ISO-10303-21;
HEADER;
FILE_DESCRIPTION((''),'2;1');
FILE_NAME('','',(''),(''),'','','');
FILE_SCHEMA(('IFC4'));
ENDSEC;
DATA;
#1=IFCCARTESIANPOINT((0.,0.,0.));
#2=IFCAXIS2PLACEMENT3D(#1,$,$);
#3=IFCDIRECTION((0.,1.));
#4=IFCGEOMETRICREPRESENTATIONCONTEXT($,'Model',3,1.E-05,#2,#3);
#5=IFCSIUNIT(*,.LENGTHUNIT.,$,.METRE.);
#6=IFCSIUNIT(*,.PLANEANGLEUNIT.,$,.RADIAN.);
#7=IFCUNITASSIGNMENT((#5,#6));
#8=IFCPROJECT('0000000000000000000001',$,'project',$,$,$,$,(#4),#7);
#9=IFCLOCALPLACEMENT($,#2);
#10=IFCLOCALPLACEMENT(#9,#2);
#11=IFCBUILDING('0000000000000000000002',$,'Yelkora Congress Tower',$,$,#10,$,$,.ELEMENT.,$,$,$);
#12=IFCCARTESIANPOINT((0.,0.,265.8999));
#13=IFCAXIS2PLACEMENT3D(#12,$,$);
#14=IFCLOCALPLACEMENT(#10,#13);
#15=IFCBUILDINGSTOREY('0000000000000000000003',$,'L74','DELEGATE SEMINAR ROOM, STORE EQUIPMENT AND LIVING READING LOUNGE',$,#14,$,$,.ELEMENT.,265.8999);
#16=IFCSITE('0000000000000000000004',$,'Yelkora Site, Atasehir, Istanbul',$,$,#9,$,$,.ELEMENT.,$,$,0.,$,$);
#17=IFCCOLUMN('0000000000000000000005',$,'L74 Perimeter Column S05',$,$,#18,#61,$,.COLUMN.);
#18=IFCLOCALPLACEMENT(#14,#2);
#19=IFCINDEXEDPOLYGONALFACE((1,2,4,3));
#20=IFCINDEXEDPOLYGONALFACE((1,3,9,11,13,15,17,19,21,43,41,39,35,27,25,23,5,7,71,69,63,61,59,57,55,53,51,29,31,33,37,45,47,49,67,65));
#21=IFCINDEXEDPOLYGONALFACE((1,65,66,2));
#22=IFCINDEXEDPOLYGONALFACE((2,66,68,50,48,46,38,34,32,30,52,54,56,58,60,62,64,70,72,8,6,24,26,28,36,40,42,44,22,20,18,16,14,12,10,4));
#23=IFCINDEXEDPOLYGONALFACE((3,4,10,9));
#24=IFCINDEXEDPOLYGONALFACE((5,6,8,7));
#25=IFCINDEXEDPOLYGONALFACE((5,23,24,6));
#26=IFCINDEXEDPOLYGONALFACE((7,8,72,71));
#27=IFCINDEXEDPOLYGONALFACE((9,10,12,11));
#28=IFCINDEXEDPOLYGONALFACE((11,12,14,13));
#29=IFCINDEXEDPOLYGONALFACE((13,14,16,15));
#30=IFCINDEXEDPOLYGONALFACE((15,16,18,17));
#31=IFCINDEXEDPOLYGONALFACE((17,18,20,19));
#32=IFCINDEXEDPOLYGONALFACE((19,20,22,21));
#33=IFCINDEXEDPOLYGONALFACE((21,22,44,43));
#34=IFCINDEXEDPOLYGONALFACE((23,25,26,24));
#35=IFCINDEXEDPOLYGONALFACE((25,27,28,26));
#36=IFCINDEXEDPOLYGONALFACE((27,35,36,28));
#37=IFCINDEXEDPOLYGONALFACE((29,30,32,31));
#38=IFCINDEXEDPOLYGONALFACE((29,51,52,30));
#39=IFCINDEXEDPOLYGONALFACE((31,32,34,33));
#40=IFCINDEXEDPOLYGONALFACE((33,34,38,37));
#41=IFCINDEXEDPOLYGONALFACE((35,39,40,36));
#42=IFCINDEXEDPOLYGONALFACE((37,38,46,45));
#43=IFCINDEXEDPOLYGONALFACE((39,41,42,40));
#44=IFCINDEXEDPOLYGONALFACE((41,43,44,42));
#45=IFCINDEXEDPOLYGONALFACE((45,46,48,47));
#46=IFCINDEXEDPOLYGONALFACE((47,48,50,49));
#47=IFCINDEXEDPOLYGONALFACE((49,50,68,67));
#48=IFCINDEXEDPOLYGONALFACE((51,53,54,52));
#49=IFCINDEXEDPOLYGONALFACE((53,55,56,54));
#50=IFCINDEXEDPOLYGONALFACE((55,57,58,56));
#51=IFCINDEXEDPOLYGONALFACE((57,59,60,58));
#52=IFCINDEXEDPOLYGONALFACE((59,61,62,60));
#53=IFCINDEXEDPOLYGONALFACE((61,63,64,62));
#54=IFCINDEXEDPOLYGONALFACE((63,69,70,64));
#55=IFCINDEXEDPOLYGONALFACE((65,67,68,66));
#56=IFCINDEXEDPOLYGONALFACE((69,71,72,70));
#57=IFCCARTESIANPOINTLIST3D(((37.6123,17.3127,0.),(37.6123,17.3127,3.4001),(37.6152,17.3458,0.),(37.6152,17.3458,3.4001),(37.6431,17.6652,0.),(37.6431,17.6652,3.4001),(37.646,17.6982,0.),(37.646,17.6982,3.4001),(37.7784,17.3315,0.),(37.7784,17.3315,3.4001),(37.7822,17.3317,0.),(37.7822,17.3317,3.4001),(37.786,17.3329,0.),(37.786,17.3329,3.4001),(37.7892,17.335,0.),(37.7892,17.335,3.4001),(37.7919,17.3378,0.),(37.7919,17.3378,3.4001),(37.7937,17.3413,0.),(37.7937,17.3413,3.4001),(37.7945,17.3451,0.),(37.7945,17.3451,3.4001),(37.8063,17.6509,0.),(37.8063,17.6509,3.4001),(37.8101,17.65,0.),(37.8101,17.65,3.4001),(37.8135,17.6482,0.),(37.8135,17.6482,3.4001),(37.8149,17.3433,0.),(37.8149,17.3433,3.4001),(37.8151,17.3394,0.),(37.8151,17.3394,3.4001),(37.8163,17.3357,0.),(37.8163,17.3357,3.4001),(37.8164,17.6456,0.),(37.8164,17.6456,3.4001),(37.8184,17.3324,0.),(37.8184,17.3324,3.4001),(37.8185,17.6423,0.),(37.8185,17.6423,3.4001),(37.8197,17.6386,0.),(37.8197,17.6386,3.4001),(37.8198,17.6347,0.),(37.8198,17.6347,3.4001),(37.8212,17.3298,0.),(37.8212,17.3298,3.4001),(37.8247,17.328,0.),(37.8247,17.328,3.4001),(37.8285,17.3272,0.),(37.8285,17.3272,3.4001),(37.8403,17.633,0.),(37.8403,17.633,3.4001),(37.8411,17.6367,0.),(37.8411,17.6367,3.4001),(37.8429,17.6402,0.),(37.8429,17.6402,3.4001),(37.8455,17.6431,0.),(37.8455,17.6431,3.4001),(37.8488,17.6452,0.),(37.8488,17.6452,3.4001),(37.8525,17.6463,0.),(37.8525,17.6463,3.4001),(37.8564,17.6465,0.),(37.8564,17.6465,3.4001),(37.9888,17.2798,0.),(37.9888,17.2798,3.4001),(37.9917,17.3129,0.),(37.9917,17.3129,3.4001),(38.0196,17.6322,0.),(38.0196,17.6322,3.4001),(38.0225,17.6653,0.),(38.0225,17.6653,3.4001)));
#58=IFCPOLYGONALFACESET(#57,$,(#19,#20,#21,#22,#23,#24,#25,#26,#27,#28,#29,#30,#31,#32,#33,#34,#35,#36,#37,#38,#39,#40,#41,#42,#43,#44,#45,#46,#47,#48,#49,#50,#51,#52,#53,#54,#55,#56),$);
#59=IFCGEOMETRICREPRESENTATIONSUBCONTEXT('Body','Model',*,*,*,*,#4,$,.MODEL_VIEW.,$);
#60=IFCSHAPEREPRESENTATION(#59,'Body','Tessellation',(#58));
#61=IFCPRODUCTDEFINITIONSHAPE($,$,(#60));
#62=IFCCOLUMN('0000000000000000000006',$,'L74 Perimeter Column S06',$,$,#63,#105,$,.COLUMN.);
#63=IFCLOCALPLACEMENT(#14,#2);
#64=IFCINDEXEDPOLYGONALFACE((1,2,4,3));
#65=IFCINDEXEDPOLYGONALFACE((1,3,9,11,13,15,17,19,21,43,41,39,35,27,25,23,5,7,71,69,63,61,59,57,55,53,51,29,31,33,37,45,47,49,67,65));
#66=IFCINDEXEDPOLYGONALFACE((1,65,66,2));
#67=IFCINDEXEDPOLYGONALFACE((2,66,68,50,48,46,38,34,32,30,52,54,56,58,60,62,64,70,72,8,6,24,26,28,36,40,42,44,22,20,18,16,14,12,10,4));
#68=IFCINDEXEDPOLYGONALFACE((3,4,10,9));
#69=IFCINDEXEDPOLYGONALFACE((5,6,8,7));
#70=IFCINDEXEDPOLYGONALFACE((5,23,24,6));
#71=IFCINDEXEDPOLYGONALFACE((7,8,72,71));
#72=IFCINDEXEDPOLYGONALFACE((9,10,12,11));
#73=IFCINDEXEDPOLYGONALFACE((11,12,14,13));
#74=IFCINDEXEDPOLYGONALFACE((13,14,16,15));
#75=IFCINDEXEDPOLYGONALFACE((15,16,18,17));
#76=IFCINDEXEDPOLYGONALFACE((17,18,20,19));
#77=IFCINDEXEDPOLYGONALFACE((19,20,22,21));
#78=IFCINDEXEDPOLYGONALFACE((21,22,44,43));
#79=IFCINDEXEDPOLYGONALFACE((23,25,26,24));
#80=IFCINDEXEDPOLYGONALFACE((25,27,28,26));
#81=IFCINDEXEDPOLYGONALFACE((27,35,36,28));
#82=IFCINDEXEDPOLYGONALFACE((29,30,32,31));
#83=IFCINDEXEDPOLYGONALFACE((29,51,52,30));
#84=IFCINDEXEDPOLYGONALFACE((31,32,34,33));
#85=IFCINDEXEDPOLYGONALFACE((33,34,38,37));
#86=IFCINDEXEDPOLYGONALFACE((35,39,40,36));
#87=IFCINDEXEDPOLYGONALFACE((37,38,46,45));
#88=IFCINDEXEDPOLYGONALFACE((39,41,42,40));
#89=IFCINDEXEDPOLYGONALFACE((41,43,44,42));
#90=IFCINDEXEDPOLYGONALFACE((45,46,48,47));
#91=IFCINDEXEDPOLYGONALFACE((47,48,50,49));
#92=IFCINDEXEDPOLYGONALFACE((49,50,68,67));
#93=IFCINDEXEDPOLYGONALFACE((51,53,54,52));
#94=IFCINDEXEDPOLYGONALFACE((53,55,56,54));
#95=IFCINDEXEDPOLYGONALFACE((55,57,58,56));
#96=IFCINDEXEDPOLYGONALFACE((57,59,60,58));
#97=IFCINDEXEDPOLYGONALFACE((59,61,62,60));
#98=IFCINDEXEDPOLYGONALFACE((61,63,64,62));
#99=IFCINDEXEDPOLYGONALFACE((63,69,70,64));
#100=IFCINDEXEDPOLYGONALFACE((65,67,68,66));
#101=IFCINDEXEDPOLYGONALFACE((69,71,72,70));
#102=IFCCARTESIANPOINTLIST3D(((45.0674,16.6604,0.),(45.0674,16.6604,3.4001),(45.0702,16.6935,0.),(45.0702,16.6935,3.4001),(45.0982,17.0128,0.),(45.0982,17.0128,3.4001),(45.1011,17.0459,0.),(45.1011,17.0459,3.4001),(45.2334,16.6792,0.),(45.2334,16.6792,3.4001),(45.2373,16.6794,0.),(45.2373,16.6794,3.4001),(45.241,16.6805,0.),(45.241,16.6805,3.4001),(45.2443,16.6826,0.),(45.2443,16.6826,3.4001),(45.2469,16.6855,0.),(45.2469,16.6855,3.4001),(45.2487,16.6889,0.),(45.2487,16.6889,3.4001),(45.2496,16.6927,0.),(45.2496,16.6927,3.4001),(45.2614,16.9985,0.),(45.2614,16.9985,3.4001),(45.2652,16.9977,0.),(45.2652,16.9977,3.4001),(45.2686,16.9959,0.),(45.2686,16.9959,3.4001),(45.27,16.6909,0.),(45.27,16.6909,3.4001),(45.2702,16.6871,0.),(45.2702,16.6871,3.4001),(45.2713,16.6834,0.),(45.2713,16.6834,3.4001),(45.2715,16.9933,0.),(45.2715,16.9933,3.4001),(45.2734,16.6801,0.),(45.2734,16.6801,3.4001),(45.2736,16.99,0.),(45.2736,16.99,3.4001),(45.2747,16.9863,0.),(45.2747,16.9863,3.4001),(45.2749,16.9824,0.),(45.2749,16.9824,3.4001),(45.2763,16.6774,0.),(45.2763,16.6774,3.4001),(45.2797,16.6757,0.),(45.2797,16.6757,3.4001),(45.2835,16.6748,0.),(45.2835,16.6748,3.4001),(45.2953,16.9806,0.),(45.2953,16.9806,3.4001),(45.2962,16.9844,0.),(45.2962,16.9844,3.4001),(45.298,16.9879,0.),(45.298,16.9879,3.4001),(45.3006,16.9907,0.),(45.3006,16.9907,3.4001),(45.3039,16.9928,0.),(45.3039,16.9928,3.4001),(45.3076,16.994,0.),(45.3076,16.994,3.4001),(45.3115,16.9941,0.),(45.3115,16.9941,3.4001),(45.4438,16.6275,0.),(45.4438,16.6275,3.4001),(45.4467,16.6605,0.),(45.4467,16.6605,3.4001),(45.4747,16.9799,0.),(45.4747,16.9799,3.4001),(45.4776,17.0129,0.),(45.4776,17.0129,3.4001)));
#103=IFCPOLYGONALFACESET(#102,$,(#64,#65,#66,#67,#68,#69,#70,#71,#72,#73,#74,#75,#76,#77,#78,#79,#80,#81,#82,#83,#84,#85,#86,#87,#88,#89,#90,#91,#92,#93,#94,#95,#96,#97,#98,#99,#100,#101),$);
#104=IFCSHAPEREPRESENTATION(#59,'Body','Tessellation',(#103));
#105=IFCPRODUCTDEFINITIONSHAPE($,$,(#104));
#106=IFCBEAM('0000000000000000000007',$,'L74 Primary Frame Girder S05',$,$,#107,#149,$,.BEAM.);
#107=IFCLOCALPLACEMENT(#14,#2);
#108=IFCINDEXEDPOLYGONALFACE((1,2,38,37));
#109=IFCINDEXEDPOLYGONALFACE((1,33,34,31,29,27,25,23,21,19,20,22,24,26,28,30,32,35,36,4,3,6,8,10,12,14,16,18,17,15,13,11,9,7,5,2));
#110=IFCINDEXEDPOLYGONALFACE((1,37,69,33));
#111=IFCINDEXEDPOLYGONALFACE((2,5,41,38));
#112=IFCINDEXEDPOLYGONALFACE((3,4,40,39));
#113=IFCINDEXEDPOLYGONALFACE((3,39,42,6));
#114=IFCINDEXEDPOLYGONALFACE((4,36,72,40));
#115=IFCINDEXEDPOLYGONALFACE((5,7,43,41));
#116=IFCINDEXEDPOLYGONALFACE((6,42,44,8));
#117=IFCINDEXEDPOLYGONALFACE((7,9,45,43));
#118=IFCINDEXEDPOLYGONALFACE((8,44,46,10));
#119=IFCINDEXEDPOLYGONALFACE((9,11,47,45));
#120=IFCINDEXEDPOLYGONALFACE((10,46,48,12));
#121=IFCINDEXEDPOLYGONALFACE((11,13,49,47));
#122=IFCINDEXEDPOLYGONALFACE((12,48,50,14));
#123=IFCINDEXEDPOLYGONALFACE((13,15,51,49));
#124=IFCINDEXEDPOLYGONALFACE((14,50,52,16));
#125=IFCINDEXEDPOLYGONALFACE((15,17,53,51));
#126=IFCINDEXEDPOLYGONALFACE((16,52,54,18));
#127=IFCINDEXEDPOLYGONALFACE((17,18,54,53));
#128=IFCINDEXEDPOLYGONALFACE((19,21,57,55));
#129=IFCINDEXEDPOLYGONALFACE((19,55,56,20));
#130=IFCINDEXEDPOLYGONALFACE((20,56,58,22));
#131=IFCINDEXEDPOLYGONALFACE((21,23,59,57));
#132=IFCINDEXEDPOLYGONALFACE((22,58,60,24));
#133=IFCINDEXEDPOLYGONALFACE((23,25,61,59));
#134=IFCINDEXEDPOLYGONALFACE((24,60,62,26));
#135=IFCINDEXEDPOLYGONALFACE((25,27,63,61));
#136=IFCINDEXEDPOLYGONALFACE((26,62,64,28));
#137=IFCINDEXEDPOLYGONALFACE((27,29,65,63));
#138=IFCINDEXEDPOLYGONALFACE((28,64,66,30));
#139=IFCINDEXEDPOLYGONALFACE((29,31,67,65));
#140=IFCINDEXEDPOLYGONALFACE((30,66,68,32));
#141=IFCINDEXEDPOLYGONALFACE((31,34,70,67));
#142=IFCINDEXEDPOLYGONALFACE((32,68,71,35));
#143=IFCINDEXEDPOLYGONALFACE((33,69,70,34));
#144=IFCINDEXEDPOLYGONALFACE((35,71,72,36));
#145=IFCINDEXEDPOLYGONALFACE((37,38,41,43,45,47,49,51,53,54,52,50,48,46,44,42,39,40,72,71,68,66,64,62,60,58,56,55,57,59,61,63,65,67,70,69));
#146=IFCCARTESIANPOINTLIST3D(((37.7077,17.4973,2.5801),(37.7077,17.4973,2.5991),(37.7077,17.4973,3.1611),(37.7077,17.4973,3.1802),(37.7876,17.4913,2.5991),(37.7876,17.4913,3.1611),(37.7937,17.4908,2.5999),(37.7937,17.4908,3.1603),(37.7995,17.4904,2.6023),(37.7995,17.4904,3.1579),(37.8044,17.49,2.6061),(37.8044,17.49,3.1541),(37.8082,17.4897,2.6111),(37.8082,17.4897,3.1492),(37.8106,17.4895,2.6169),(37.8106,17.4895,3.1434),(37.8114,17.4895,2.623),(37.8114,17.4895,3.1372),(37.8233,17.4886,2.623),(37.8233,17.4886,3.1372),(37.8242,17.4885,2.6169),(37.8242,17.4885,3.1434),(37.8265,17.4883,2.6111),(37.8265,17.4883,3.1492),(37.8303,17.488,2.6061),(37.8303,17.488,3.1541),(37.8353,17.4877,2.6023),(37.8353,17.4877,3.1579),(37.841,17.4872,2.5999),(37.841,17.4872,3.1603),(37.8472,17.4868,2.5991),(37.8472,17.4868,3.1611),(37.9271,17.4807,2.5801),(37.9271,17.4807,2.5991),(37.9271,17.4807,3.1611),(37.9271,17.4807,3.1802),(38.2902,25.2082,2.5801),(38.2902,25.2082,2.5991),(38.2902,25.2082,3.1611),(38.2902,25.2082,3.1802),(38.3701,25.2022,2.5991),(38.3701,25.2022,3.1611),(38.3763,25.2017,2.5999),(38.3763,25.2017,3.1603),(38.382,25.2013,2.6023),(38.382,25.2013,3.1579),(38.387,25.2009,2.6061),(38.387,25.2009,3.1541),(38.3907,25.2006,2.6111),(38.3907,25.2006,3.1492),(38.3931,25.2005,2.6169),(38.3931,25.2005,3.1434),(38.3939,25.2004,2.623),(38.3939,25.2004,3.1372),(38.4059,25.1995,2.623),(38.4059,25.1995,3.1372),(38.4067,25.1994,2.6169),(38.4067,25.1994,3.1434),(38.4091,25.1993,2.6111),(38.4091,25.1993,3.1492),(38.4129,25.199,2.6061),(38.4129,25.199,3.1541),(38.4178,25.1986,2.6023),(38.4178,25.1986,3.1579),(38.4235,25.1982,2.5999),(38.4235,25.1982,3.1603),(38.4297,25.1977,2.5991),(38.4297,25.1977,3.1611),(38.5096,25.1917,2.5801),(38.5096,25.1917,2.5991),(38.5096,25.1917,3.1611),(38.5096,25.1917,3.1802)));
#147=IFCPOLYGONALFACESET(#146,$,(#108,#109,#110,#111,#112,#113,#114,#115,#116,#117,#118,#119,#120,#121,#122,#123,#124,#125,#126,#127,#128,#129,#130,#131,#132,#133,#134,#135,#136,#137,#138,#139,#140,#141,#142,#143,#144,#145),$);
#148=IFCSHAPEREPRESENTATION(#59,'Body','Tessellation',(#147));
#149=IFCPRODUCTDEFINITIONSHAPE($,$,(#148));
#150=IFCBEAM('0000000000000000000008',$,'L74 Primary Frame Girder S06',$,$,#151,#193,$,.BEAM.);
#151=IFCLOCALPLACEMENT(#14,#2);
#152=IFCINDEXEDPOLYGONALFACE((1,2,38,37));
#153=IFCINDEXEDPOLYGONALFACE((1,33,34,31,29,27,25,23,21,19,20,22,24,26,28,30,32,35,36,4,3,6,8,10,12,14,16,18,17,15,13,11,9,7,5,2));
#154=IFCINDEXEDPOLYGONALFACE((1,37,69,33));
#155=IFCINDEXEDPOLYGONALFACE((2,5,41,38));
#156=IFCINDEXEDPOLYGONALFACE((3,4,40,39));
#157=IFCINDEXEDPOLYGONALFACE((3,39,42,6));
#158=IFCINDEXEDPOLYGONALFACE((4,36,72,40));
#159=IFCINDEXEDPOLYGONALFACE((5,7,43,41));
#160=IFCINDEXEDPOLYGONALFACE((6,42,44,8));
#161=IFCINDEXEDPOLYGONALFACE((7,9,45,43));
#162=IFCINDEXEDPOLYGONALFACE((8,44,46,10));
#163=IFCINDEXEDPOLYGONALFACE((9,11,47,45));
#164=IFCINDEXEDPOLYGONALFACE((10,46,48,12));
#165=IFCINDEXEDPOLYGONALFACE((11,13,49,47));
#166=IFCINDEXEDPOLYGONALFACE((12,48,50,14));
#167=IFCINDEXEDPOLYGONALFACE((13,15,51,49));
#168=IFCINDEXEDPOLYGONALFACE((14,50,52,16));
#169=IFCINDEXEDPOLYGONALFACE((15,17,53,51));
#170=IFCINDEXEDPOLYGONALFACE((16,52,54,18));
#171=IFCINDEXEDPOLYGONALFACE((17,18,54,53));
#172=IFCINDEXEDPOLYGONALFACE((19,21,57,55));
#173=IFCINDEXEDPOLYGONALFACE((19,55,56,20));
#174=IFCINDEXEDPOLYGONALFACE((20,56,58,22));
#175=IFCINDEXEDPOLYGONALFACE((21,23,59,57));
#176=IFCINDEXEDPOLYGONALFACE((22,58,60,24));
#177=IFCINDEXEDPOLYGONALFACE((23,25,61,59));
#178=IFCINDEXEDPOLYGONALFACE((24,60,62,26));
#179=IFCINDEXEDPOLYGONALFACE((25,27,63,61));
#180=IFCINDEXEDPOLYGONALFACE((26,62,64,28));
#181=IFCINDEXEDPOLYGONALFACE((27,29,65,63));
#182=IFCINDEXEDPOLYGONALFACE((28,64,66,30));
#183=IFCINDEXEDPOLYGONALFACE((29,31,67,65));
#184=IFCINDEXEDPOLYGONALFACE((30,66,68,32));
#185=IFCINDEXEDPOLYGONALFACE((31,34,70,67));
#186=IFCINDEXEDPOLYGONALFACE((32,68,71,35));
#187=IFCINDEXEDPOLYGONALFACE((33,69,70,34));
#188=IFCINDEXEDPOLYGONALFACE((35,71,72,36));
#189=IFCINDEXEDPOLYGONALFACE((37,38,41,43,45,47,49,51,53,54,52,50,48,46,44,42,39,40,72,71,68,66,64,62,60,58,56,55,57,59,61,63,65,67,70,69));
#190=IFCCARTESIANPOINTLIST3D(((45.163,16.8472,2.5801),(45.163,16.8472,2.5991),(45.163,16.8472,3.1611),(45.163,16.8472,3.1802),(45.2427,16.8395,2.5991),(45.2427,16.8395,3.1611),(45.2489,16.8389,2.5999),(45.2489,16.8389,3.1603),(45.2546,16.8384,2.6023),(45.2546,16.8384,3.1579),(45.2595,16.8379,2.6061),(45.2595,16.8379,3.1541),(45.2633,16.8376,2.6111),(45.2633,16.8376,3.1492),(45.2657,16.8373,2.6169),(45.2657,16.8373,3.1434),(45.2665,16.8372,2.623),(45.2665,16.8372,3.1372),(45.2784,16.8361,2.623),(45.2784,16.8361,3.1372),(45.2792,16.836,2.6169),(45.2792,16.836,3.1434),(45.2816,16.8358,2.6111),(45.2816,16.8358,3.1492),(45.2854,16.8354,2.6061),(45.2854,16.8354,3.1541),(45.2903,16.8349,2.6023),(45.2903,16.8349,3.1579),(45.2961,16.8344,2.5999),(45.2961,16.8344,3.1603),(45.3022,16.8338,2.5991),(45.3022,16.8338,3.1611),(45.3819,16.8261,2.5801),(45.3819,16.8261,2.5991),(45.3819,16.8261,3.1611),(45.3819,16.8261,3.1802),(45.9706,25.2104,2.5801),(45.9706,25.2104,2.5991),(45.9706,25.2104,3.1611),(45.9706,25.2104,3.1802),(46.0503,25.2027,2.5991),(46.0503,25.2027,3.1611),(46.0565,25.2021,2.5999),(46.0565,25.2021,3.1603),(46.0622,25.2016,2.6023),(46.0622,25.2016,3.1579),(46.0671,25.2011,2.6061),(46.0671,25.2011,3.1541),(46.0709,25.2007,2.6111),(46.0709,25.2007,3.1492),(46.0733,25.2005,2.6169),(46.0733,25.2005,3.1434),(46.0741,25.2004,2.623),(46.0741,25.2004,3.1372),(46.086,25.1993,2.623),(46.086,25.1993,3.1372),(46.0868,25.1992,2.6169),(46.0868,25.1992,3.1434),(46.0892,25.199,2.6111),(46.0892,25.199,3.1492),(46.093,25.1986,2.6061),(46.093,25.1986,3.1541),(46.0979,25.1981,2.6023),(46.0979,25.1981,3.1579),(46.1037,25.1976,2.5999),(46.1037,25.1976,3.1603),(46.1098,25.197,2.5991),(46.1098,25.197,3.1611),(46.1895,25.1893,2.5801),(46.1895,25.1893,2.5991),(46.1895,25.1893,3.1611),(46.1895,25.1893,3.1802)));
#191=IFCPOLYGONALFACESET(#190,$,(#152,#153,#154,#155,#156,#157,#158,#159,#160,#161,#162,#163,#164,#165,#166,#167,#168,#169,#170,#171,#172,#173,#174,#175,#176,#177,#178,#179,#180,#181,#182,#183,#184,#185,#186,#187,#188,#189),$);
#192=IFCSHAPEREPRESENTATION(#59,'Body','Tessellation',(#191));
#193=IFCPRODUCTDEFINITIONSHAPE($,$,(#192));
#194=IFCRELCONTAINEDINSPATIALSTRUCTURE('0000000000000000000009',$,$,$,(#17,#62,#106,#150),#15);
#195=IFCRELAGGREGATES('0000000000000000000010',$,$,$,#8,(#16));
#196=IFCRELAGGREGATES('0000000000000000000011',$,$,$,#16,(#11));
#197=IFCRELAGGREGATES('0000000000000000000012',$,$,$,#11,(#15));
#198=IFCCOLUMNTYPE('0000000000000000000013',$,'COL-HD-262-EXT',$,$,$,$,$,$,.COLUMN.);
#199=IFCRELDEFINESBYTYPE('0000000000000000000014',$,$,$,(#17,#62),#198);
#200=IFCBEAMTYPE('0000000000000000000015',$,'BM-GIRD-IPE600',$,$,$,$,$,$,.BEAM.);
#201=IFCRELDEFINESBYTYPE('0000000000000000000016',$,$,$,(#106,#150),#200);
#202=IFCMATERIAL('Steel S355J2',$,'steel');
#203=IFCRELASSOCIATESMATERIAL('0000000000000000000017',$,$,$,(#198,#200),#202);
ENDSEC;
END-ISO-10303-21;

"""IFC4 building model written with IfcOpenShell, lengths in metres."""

from ifc_helpers import new_model, si_unit, direction, frame, origin, origin_2d, place, context, subcontext, project, spatial, i_section, extrude, material, material_profile, profile_set, type_object, element, save


model = new_model("IFC4")

# Units and contexts
model_context = context("Model", 3, precision=1e-05, world=origin(), true_north=direction((0.0, 1.0)))
body_context = subcontext(model_context, "Body", "Model", "MODEL_VIEW")
ifc_project = project(units=[si_unit("LENGTHUNIT", "METRE"), si_unit("PLANEANGLEUNIT", "RADIAN")], contexts=[model_context])

# Site, building, storey
site_placement = place(None, origin())
site = spatial("IfcSite", under=ifc_project, at=site_placement, Name="Yelkora Site, Atasehir, Istanbul", CompositionType="ELEMENT", RefElevation=0.0)
building_placement = place(site_placement, origin())
building = spatial("IfcBuilding", under=site, at=building_placement, Name="Yelkora Congress Tower", CompositionType="ELEMENT")
storey_placement = place(building_placement, frame((0.0, 0.0, 265.8999)))
storey = spatial("IfcBuildingStorey", under=building, at=storey_placement, Name="L74", Description="DELEGATE SEMINAR ROOM, STORE EQUIPMENT AND LIVING READING LOUNGE", CompositionType="ELEMENT", Elevation=265.8999)

# Columns
ifc_material_1 = material(Name="Steel S355J2", Category="steel")
ifc_material_profile_1 = material_profile(ifc_material_1, i_section(OverallWidth=0.3779, OverallDepth=0.387, WebThickness=0.0205, FlangeThickness=0.0332, FilletRadius=0.0149, at=origin_2d()), Name="HD 360x262")
ifc_profile_set_1 = profile_set([ifc_material_profile_1], Name="Steel S355J2")
column_type = type_object("IfcColumnType", Name="COL-HD-262-EXT", PredefinedType="COLUMN", material=ifc_profile_set_1)
for number, where, z_axis, x_axis, name in (
    (1, (37.8174, 17.489, 0.0), (0.0, 0.0, 1.0), (0.996195, -0.087156, 0.0), "L74 Perimeter Column S05"),
    (2, (45.2725, 16.8367, 0.0), (0.0, 0.0, 1.0), (0.996195, -0.087156, 0.0), "L74 Perimeter Column S06"),
):
    element("IfcColumn", number, at=place(storey_placement, frame(where, z_axis=z_axis, x_axis=x_axis)), inside=storey, type_object=column_type, Name=name, PredefinedType="COLUMN", context=body_context, shape_type="SweptSolid", body=[
        extrude(i_section(OverallWidth=0.3779, OverallDepth=0.387, WebThickness=0.0205, FlangeThickness=0.0332, FilletRadius=0.0149, at=origin_2d()), origin(), (0.0, 0.0, 1.0), 3.4001),
    ])

# Beams
ifc_material_profile_2 = material_profile(ifc_material_1, i_section(OverallWidth=0.22, OverallDepth=0.6001, WebThickness=0.012, FlangeThickness=0.019, FilletRadius=0.0239, at=origin_2d()), Name="IPE 600")
ifc_profile_set_2 = profile_set([ifc_material_profile_2], Name="Steel S355J2")
beam_type_1 = type_object("IfcBeamType", Name="BM-GIRD-IPE600", PredefinedType="BEAM", material=ifc_profile_set_2)
beam_1_placement = place(storey_placement, frame((37.8174, 17.489, 2.8801), z_axis=(0.07533, 0.997159, 0.0), x_axis=(-0.997159, 0.07533, 0.0)))
element("IfcBeam", 3, at=beam_1_placement, inside=storey, type_object=beam_type_1, Name="L74 Primary Frame Girder S05", PredefinedType="BEAM", context=body_context, shape_type="SweptSolid", body=[
    extrude(i_section(OverallWidth=0.22, OverallDepth=0.6001, WebThickness=0.012, FlangeThickness=0.019, FilletRadius=0.0239, at=origin_2d()), origin(), (0.0, 0.0, 1.0), 7.7329),
])
beam_2_placement = place(storey_placement, frame((45.2725, 16.8367, 2.8801), z_axis=(0.09612, 0.99537, 0.0), x_axis=(-0.99537, 0.09612, 0.0)))
element("IfcBeam", 4, at=beam_2_placement, inside=storey, type_object=beam_type_1, Name="L74 Primary Frame Girder S06", PredefinedType="BEAM", context=body_context, shape_type="SweptSolid", body=[
    extrude(i_section(OverallWidth=0.22, OverallDepth=0.6001, WebThickness=0.012, FlangeThickness=0.019, FilletRadius=0.0239, at=origin_2d()), origin(), (0.0, 0.0, 1.0), 8.4021),
])

save(model, "model.ifc")
